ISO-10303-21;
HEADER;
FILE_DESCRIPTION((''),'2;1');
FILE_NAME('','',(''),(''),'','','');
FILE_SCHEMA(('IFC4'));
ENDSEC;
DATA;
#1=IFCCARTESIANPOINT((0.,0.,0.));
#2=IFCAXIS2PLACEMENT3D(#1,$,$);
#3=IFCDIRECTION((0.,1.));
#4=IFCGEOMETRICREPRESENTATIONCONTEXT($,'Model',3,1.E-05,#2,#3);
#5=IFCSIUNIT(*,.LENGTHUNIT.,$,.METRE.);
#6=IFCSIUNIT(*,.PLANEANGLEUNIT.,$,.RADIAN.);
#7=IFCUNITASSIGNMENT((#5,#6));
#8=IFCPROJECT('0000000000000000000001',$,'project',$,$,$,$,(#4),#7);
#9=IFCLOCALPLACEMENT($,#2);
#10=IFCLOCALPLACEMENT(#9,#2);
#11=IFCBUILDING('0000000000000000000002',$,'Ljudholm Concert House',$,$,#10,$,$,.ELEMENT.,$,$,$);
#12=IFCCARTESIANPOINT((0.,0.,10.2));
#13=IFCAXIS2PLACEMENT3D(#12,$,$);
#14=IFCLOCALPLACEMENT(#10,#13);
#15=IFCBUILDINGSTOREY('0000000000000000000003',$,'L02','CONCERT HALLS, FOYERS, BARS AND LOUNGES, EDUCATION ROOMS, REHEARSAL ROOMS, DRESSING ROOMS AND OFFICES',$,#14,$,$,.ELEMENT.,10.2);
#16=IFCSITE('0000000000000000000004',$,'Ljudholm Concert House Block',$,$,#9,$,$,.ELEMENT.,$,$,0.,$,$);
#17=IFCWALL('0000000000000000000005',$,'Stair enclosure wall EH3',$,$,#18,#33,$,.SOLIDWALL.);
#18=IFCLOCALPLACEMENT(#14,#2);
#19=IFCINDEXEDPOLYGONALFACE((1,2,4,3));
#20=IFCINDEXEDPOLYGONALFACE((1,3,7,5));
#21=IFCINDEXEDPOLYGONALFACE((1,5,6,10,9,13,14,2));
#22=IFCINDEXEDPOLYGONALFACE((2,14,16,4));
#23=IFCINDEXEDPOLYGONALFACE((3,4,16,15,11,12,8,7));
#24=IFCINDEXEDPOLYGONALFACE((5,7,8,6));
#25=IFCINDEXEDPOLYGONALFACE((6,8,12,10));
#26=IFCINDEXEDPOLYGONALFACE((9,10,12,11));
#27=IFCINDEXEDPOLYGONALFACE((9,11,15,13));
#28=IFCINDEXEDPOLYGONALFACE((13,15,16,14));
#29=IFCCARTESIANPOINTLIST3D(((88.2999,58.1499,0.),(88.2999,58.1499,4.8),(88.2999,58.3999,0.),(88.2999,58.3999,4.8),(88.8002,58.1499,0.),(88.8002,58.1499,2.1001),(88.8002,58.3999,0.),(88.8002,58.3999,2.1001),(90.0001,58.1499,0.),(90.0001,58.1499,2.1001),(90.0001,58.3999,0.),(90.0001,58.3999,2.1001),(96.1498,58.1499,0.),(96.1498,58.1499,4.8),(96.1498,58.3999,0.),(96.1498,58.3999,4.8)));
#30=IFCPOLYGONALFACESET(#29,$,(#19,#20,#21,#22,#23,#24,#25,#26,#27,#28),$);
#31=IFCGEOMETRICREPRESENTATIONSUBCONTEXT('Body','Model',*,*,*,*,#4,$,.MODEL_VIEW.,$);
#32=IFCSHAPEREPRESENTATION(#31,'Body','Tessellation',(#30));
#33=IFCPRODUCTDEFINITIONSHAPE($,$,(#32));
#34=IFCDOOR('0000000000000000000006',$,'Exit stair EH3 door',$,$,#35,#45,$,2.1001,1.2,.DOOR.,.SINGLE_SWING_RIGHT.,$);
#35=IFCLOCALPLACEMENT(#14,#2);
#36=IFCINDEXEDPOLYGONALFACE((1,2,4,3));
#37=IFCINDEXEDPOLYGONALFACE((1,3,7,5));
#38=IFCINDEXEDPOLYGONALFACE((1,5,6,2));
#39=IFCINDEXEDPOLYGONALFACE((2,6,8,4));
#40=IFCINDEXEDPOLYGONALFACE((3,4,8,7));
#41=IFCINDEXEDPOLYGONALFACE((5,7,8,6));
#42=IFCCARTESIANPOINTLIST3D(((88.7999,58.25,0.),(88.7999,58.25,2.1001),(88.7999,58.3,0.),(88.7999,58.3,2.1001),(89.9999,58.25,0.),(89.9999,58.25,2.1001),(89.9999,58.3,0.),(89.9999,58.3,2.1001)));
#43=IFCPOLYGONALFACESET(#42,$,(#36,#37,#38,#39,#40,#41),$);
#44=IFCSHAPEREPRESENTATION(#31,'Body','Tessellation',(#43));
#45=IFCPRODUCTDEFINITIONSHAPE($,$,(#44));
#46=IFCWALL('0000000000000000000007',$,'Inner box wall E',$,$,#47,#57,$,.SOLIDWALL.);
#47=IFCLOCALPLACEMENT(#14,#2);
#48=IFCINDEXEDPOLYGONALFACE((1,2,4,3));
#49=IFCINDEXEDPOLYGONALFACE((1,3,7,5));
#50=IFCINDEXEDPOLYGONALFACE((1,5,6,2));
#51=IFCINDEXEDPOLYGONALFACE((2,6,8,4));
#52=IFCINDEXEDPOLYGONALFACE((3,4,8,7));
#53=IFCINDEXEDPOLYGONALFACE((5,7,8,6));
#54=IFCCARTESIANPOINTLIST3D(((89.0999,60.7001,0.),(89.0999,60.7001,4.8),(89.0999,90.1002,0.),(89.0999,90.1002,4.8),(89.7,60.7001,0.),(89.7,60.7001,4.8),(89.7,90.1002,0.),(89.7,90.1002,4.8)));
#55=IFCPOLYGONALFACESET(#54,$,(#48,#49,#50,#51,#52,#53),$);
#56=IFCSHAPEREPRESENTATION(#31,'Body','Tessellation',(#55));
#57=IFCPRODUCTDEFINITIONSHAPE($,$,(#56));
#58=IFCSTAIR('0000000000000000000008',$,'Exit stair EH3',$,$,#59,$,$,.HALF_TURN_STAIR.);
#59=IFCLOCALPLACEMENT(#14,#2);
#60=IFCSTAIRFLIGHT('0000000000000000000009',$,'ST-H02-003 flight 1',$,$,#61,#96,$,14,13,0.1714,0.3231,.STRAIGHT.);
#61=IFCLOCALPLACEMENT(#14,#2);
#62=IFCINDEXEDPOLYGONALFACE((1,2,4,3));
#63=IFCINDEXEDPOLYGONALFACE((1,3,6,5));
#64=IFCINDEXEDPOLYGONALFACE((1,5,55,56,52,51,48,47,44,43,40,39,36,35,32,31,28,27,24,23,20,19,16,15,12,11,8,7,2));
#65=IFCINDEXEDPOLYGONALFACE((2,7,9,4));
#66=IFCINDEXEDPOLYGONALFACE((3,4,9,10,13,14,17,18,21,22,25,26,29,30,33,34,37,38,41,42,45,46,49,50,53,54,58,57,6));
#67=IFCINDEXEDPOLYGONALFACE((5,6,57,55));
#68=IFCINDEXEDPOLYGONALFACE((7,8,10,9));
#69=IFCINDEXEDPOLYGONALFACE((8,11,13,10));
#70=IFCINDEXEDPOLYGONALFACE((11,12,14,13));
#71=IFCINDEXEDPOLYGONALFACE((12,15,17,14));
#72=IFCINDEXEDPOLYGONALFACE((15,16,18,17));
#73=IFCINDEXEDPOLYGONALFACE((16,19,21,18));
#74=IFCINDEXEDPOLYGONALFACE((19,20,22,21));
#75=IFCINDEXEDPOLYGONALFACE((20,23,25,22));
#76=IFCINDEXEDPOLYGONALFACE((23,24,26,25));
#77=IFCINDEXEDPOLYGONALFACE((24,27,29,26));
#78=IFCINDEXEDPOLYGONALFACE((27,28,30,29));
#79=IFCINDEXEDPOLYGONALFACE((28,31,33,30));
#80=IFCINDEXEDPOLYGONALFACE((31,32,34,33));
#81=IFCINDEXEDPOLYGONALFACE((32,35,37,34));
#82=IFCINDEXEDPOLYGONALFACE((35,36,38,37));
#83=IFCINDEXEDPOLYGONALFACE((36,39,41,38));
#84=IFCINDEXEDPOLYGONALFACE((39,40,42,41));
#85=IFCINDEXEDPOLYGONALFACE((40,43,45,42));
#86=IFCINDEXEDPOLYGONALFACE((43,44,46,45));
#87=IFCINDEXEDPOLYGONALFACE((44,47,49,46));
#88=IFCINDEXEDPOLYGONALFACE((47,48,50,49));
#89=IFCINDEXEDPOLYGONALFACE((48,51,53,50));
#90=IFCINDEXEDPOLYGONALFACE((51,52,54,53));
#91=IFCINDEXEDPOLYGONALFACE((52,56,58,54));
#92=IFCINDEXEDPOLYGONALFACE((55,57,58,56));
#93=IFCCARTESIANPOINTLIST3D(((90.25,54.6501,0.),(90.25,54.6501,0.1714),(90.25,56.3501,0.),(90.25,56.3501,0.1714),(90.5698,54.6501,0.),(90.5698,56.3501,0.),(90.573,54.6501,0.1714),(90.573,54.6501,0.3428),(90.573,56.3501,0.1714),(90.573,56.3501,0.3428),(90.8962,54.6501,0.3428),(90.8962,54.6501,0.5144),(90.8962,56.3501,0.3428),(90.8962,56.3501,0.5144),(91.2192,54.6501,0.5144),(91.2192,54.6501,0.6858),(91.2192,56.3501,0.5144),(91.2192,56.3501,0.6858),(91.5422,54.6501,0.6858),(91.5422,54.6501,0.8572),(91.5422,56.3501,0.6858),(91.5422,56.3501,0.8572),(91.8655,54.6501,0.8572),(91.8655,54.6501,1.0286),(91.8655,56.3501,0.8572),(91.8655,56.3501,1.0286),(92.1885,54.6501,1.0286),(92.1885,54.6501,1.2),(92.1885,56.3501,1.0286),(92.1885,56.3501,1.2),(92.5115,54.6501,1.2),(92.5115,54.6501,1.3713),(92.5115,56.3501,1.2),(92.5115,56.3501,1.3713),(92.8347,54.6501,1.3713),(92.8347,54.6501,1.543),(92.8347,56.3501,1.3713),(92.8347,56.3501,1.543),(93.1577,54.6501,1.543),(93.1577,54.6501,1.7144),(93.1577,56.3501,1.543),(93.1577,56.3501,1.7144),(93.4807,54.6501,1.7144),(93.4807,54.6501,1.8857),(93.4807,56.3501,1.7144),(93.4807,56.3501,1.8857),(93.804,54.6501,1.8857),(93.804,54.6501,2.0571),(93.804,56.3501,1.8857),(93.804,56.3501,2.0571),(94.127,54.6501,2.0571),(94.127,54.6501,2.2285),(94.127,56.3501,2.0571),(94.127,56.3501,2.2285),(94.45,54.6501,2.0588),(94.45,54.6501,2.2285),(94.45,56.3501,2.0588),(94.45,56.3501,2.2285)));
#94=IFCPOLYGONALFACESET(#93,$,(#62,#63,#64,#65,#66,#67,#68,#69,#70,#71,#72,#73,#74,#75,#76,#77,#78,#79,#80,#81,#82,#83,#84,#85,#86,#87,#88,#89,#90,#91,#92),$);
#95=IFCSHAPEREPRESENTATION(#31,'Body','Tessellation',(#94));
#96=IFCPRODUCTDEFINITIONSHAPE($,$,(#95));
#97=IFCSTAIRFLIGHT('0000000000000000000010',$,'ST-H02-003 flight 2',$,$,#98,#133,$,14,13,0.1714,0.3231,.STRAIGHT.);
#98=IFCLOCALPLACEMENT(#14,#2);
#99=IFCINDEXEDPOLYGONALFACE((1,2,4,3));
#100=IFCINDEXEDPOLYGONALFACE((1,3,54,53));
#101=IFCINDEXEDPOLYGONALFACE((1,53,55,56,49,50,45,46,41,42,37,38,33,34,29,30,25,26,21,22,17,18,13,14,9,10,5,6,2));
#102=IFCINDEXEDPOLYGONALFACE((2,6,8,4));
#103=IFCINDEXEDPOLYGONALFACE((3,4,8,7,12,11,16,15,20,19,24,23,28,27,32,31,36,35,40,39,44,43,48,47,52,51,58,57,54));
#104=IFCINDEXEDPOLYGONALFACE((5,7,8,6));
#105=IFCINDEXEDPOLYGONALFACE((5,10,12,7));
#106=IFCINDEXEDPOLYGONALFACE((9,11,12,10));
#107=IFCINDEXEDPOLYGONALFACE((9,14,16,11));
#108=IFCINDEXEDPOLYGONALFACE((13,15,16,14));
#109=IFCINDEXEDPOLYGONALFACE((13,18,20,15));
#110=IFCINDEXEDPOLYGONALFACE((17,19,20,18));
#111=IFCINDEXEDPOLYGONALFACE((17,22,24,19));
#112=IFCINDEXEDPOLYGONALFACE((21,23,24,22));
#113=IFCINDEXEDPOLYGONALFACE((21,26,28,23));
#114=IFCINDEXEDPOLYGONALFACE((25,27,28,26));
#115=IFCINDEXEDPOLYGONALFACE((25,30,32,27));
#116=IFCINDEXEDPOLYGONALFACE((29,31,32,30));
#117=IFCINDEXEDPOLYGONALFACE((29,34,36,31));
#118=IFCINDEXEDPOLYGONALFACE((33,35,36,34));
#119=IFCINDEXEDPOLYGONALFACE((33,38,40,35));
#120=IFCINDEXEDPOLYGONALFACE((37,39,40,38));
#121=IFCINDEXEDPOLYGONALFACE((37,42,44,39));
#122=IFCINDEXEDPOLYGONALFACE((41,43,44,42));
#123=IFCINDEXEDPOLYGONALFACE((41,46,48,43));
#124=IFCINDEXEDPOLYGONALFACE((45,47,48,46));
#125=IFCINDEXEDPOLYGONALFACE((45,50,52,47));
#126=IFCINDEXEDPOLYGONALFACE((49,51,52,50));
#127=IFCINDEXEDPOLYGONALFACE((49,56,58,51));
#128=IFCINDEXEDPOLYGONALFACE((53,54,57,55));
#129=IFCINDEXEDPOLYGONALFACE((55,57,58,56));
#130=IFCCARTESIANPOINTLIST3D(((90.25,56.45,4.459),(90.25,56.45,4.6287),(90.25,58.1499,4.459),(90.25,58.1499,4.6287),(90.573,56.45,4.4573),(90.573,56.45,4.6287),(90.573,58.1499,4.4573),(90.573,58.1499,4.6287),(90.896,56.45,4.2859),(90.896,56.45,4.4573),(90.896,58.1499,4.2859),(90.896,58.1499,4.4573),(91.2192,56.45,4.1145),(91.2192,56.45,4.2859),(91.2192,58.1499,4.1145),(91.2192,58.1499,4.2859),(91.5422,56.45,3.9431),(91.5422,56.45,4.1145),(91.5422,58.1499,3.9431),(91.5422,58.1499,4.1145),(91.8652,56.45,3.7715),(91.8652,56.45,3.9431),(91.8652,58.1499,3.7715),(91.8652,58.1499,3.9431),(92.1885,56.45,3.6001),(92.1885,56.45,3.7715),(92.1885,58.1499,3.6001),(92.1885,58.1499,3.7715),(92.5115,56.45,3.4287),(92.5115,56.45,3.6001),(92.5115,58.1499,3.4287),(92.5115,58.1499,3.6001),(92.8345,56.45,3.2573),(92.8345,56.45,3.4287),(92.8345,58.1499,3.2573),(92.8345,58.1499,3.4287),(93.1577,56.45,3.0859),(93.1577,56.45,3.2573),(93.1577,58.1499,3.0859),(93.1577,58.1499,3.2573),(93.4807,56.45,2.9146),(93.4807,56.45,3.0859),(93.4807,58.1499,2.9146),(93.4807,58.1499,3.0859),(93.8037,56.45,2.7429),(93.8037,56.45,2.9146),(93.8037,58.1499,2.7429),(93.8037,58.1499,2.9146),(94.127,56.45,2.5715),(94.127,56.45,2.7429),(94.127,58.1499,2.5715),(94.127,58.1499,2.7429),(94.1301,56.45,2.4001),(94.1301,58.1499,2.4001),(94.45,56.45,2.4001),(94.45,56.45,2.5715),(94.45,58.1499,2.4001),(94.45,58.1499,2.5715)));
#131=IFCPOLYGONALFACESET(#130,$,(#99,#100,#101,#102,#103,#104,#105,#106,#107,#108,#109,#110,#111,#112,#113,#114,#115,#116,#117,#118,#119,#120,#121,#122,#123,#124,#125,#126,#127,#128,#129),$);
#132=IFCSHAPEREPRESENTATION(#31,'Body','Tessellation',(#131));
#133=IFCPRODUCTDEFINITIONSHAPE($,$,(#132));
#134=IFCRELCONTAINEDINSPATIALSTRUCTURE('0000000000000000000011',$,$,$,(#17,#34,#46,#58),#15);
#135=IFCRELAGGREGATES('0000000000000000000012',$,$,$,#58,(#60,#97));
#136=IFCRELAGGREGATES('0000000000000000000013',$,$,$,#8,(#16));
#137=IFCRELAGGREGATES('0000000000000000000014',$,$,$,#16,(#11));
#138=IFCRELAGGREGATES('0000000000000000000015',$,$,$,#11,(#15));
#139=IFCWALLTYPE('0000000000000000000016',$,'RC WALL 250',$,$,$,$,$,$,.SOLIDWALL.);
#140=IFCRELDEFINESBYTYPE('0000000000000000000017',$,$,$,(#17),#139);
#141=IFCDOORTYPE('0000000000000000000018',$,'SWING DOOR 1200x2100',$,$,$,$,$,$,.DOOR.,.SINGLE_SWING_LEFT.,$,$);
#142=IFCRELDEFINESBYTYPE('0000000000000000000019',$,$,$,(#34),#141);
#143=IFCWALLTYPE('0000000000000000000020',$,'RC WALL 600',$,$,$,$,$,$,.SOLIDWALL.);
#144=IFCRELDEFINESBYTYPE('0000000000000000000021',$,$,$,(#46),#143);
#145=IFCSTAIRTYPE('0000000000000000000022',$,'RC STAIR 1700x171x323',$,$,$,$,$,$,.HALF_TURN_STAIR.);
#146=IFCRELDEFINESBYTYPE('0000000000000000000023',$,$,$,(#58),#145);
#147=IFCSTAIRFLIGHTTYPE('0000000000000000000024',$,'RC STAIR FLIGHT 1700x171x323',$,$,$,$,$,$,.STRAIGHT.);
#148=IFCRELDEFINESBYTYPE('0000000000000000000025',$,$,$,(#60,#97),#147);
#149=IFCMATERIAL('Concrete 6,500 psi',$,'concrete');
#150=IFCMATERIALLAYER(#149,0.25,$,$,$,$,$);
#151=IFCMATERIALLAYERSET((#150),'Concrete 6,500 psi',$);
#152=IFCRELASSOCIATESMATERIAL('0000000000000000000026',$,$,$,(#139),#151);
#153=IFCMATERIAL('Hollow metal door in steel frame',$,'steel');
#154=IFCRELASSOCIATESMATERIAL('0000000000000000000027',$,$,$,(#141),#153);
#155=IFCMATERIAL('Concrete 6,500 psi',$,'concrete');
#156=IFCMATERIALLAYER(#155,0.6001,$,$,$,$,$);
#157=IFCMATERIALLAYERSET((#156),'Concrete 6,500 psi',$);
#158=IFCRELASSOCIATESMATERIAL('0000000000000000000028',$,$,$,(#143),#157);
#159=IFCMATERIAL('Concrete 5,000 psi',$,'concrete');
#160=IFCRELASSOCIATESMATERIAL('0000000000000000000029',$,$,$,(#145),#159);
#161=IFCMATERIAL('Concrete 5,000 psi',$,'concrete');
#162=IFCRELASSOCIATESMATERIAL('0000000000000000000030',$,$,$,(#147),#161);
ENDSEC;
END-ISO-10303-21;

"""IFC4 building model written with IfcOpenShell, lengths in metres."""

from ifc_helpers import new_model, si_unit, direction, frame, frame_2d, origin, place, context, subcontext, project, spatial, polyline, rectangle, outline, extrude, material, layer, layer_set, type_object, element, fill, aggregate, save


model = new_model("IFC4")

# Units and contexts
model_context = context("Model", 3, precision=1e-05, world=origin(), true_north=direction((0.0, 1.0)))
body_context = subcontext(model_context, "Body", "Model", "MODEL_VIEW")
ifc_project = project(units=[si_unit("LENGTHUNIT", "METRE"), si_unit("PLANEANGLEUNIT", "RADIAN")], contexts=[model_context])

# Site, building, storey
site_placement = place(None, origin())
site = spatial("IfcSite", under=ifc_project, at=site_placement, Name="Ljudholm Concert House Block", CompositionType="ELEMENT", RefElevation=0.0)
building_placement = place(site_placement, origin())
building = spatial("IfcBuilding", under=site, at=building_placement, Name="Ljudholm Concert House", CompositionType="ELEMENT")
storey_placement = place(building_placement, frame((0.0, 0.0, 10.2)))
storey = spatial("IfcBuildingStorey", under=building, at=storey_placement, Name="L02", Description="CONCERT HALLS, FOYERS, BARS AND LOUNGES, EDUCATION ROOMS, REHEARSAL ROOMS, DRESSING ROOMS AND OFFICES", CompositionType="ELEMENT", Elevation=10.2)

# Wall, opening, door
ifc_material_1 = material(Name="Concrete 6,500 psi", Category="concrete")
ifc_layer_1 = layer(ifc_material_1, 0.25)
ifc_layer_set_1 = layer_set([ifc_layer_1], Name="Concrete 6,500 psi")
wall_type_1 = type_object("IfcWallType", Name="RC WALL 250", PredefinedType="SOLIDWALL", material=ifc_layer_set_1)
wall_1_placement = place(storey_placement, frame((88.3, 58.2749, 0.0), z_axis=(0.0, 0.0, 1.0), x_axis=(1.0, 0.0, 0.0)))
wall_1 = element("IfcWall", 1, at=wall_1_placement, inside=storey, type_object=wall_type_1, Name="Stair enclosure wall EH3", PredefinedType="SOLIDWALL", context=body_context, shape_type="SweptSolid", body=[
    extrude(rectangle(XDim=7.8499, YDim=0.25, at=frame_2d((3.9248, 0.0))), origin(), (0.0, 0.0, 1.0), 4.8),
])
opening_placement = place(wall_1_placement, frame((0.5, 0.0, 0.0)))
opening = element("IfcOpeningElement", 2, at=opening_placement, cuts=wall_1, PredefinedType="OPENING", context=body_context, shape_type="SweptSolid", body=[
    extrude(rectangle(XDim=1.2, YDim=2.1001, at=frame_2d((0.6001, 1.05))), frame((0.0, 0.135, 0.0), z_axis=(0.0, -1.0, 0.0), x_axis=(1.0, 0.0, 0.0)), (0.0, 0.0, 1.0), 0.27),
])
ifc_material_2 = material(Name="Hollow metal door in steel frame", Category="steel")
door_type = type_object("IfcDoorType", Name="SWING DOOR 1200x2100", OperationType="SINGLE_SWING_LEFT", PredefinedType="DOOR", material=ifc_material_2)
door_placement = place(opening_placement, frame((1.2, 0.0, 0.0), z_axis=(0.0, 0.0, 1.0), x_axis=(-1.0, 0.0, 0.0)))
door = element("IfcDoor", 3, at=door_placement, inside=storey, type_object=door_type, Name="Exit stair EH3 door", OperationType="SINGLE_SWING_RIGHT", OverallHeight=2.1001, OverallWidth=1.2, PredefinedType="DOOR", context=body_context, shape_type="SweptSolid", body=[
    extrude(rectangle(XDim=1.2, YDim=2.1001, at=frame_2d((0.6001, 1.05))), frame((0.0, 0.0249, 0.0), z_axis=(0.0, -1.0, 0.0), x_axis=(1.0, 0.0, 0.0)), (0.0, 0.0, 1.0), 0.05),
])
fill(opening, door)

# Wall
ifc_material_3 = material(Name="Concrete 6,500 psi", Category="concrete")
ifc_layer_2 = layer(ifc_material_3, 0.6001)
ifc_layer_set_2 = layer_set([ifc_layer_2], Name="Concrete 6,500 psi")
wall_type_2 = type_object("IfcWallType", Name="RC WALL 600", PredefinedType="SOLIDWALL", material=ifc_layer_set_2)
wall_2_placement = place(storey_placement, frame((89.3999, 60.7, 0.0), z_axis=(0.0, 0.0, 1.0), x_axis=(0.0, 1.0, 0.0)))
element("IfcWall", 4, at=wall_2_placement, inside=storey, type_object=wall_type_2, Name="Inner box wall E", PredefinedType="SOLIDWALL", context=body_context, shape_type="SweptSolid", body=[
    extrude(rectangle(XDim=29.4001, YDim=0.6001, at=frame_2d((14.7002, 0.0))), origin(), (0.0, 0.0, 1.0), 4.8),
])

# Stair, stair flights
ifc_material_4 = material(Name="Concrete 5,000 psi", Category="concrete")
stair_type = type_object("IfcStairType", Name="RC STAIR 1700x171x323", PredefinedType="HALF_TURN_STAIR", material=ifc_material_4)
stair_placement = place(storey_placement, origin())
stair = element("IfcStair", 5, at=stair_placement, inside=storey, type_object=stair_type, Name="Exit stair EH3", PredefinedType="HALF_TURN_STAIR")
ifc_material_5 = material(Name="Concrete 5,000 psi", Category="concrete")
stair_flight_type = type_object("IfcStairFlightType", Name="RC STAIR FLIGHT 1700x171x323", PredefinedType="STRAIGHT", material=ifc_material_5)
stair_flight_1_placement = place(storey_placement, frame((90.25, 55.5, 0.0), z_axis=(0.0, 0.0, 1.0), x_axis=(1.0, 0.0, 0.0)))
stair_flight_1 = element("IfcStairFlight", 6, at=stair_flight_1_placement, type_object=stair_flight_type, Name="ST-H02-003 flight 1", NumberOfRisers=14, NumberOfTreads=13, PredefinedType="STRAIGHT", RiserHeight=0.1714, TreadLength=0.3231, context=body_context, shape_type="SweptSolid", body=[
    extrude(outline(polyline([(0.0, 0.0), (0.0, 0.1714), (0.323, 0.1714), (0.323, 0.3428), (0.6462, 0.3428), (0.6462, 0.5144), (0.9692, 0.5144), (0.9692, 0.6858), (1.2922, 0.6858), (1.2922, 0.8572), (1.6155, 0.8572), (1.6155, 1.0286), (1.9385, 1.0286), (1.9385, 1.2), (2.2615, 1.2), (2.2615, 1.3713), (2.5847, 1.3713), (2.5847, 1.543), (2.9077, 1.543), (2.9077, 1.7144), (3.2307, 1.7144), (3.2307, 1.8857), (3.554, 1.8857), (3.554, 2.0571), (3.877, 2.0571), (3.877, 2.2285), (4.2, 2.2285), (4.2, 2.3999), (4.2, 2.0588), (0.3198, 0.0), (0.0, 0.0)])), frame((0.0, 0.8501, 0.0), z_axis=(0.0, -1.0, 0.0), x_axis=(1.0, 0.0, 0.0)), (0.0, 0.0, 1.0), 1.7),
])
stair_flight_2_placement = place(storey_placement, frame((94.45, 57.3, 2.4001), z_axis=(0.0, 0.0, 1.0), x_axis=(-1.0, 0.0, 0.0)))
stair_flight_2 = element("IfcStairFlight", 7, at=stair_flight_2_placement, type_object=stair_flight_type, Name="ST-H02-003 flight 2", NumberOfRisers=14, NumberOfTreads=13, PredefinedType="STRAIGHT", RiserHeight=0.1714, TreadLength=0.3231, context=body_context, shape_type="SweptSolid", body=[
    extrude(outline(polyline([(0.0, 0.0), (0.0, 0.1714), (0.323, 0.1714), (0.323, 0.3428), (0.6462, 0.3428), (0.6462, 0.5144), (0.9692, 0.5144), (0.9692, 0.6858), (1.2922, 0.6858), (1.2922, 0.8572), (1.6155, 0.8572), (1.6155, 1.0286), (1.9385, 1.0286), (1.9385, 1.2), (2.2615, 1.2), (2.2615, 1.3713), (2.5847, 1.3713), (2.5847, 1.543), (2.9077, 1.543), (2.9077, 1.7144), (3.2307, 1.7144), (3.2307, 1.8857), (3.554, 1.8857), (3.554, 2.0571), (3.877, 2.0571), (3.877, 2.2285), (4.2, 2.2285), (4.2, 2.3999), (4.2, 2.0588), (0.3198, 0.0), (0.0, 0.0)])), frame((0.0, 0.8501, 0.0), z_axis=(0.0, -1.0, 0.0), x_axis=(1.0, 0.0, 0.0)), (0.0, 0.0, 1.0), 1.7),
])
aggregate(stair, [stair_flight_1, stair_flight_2])

save(model, "model.ifc")
